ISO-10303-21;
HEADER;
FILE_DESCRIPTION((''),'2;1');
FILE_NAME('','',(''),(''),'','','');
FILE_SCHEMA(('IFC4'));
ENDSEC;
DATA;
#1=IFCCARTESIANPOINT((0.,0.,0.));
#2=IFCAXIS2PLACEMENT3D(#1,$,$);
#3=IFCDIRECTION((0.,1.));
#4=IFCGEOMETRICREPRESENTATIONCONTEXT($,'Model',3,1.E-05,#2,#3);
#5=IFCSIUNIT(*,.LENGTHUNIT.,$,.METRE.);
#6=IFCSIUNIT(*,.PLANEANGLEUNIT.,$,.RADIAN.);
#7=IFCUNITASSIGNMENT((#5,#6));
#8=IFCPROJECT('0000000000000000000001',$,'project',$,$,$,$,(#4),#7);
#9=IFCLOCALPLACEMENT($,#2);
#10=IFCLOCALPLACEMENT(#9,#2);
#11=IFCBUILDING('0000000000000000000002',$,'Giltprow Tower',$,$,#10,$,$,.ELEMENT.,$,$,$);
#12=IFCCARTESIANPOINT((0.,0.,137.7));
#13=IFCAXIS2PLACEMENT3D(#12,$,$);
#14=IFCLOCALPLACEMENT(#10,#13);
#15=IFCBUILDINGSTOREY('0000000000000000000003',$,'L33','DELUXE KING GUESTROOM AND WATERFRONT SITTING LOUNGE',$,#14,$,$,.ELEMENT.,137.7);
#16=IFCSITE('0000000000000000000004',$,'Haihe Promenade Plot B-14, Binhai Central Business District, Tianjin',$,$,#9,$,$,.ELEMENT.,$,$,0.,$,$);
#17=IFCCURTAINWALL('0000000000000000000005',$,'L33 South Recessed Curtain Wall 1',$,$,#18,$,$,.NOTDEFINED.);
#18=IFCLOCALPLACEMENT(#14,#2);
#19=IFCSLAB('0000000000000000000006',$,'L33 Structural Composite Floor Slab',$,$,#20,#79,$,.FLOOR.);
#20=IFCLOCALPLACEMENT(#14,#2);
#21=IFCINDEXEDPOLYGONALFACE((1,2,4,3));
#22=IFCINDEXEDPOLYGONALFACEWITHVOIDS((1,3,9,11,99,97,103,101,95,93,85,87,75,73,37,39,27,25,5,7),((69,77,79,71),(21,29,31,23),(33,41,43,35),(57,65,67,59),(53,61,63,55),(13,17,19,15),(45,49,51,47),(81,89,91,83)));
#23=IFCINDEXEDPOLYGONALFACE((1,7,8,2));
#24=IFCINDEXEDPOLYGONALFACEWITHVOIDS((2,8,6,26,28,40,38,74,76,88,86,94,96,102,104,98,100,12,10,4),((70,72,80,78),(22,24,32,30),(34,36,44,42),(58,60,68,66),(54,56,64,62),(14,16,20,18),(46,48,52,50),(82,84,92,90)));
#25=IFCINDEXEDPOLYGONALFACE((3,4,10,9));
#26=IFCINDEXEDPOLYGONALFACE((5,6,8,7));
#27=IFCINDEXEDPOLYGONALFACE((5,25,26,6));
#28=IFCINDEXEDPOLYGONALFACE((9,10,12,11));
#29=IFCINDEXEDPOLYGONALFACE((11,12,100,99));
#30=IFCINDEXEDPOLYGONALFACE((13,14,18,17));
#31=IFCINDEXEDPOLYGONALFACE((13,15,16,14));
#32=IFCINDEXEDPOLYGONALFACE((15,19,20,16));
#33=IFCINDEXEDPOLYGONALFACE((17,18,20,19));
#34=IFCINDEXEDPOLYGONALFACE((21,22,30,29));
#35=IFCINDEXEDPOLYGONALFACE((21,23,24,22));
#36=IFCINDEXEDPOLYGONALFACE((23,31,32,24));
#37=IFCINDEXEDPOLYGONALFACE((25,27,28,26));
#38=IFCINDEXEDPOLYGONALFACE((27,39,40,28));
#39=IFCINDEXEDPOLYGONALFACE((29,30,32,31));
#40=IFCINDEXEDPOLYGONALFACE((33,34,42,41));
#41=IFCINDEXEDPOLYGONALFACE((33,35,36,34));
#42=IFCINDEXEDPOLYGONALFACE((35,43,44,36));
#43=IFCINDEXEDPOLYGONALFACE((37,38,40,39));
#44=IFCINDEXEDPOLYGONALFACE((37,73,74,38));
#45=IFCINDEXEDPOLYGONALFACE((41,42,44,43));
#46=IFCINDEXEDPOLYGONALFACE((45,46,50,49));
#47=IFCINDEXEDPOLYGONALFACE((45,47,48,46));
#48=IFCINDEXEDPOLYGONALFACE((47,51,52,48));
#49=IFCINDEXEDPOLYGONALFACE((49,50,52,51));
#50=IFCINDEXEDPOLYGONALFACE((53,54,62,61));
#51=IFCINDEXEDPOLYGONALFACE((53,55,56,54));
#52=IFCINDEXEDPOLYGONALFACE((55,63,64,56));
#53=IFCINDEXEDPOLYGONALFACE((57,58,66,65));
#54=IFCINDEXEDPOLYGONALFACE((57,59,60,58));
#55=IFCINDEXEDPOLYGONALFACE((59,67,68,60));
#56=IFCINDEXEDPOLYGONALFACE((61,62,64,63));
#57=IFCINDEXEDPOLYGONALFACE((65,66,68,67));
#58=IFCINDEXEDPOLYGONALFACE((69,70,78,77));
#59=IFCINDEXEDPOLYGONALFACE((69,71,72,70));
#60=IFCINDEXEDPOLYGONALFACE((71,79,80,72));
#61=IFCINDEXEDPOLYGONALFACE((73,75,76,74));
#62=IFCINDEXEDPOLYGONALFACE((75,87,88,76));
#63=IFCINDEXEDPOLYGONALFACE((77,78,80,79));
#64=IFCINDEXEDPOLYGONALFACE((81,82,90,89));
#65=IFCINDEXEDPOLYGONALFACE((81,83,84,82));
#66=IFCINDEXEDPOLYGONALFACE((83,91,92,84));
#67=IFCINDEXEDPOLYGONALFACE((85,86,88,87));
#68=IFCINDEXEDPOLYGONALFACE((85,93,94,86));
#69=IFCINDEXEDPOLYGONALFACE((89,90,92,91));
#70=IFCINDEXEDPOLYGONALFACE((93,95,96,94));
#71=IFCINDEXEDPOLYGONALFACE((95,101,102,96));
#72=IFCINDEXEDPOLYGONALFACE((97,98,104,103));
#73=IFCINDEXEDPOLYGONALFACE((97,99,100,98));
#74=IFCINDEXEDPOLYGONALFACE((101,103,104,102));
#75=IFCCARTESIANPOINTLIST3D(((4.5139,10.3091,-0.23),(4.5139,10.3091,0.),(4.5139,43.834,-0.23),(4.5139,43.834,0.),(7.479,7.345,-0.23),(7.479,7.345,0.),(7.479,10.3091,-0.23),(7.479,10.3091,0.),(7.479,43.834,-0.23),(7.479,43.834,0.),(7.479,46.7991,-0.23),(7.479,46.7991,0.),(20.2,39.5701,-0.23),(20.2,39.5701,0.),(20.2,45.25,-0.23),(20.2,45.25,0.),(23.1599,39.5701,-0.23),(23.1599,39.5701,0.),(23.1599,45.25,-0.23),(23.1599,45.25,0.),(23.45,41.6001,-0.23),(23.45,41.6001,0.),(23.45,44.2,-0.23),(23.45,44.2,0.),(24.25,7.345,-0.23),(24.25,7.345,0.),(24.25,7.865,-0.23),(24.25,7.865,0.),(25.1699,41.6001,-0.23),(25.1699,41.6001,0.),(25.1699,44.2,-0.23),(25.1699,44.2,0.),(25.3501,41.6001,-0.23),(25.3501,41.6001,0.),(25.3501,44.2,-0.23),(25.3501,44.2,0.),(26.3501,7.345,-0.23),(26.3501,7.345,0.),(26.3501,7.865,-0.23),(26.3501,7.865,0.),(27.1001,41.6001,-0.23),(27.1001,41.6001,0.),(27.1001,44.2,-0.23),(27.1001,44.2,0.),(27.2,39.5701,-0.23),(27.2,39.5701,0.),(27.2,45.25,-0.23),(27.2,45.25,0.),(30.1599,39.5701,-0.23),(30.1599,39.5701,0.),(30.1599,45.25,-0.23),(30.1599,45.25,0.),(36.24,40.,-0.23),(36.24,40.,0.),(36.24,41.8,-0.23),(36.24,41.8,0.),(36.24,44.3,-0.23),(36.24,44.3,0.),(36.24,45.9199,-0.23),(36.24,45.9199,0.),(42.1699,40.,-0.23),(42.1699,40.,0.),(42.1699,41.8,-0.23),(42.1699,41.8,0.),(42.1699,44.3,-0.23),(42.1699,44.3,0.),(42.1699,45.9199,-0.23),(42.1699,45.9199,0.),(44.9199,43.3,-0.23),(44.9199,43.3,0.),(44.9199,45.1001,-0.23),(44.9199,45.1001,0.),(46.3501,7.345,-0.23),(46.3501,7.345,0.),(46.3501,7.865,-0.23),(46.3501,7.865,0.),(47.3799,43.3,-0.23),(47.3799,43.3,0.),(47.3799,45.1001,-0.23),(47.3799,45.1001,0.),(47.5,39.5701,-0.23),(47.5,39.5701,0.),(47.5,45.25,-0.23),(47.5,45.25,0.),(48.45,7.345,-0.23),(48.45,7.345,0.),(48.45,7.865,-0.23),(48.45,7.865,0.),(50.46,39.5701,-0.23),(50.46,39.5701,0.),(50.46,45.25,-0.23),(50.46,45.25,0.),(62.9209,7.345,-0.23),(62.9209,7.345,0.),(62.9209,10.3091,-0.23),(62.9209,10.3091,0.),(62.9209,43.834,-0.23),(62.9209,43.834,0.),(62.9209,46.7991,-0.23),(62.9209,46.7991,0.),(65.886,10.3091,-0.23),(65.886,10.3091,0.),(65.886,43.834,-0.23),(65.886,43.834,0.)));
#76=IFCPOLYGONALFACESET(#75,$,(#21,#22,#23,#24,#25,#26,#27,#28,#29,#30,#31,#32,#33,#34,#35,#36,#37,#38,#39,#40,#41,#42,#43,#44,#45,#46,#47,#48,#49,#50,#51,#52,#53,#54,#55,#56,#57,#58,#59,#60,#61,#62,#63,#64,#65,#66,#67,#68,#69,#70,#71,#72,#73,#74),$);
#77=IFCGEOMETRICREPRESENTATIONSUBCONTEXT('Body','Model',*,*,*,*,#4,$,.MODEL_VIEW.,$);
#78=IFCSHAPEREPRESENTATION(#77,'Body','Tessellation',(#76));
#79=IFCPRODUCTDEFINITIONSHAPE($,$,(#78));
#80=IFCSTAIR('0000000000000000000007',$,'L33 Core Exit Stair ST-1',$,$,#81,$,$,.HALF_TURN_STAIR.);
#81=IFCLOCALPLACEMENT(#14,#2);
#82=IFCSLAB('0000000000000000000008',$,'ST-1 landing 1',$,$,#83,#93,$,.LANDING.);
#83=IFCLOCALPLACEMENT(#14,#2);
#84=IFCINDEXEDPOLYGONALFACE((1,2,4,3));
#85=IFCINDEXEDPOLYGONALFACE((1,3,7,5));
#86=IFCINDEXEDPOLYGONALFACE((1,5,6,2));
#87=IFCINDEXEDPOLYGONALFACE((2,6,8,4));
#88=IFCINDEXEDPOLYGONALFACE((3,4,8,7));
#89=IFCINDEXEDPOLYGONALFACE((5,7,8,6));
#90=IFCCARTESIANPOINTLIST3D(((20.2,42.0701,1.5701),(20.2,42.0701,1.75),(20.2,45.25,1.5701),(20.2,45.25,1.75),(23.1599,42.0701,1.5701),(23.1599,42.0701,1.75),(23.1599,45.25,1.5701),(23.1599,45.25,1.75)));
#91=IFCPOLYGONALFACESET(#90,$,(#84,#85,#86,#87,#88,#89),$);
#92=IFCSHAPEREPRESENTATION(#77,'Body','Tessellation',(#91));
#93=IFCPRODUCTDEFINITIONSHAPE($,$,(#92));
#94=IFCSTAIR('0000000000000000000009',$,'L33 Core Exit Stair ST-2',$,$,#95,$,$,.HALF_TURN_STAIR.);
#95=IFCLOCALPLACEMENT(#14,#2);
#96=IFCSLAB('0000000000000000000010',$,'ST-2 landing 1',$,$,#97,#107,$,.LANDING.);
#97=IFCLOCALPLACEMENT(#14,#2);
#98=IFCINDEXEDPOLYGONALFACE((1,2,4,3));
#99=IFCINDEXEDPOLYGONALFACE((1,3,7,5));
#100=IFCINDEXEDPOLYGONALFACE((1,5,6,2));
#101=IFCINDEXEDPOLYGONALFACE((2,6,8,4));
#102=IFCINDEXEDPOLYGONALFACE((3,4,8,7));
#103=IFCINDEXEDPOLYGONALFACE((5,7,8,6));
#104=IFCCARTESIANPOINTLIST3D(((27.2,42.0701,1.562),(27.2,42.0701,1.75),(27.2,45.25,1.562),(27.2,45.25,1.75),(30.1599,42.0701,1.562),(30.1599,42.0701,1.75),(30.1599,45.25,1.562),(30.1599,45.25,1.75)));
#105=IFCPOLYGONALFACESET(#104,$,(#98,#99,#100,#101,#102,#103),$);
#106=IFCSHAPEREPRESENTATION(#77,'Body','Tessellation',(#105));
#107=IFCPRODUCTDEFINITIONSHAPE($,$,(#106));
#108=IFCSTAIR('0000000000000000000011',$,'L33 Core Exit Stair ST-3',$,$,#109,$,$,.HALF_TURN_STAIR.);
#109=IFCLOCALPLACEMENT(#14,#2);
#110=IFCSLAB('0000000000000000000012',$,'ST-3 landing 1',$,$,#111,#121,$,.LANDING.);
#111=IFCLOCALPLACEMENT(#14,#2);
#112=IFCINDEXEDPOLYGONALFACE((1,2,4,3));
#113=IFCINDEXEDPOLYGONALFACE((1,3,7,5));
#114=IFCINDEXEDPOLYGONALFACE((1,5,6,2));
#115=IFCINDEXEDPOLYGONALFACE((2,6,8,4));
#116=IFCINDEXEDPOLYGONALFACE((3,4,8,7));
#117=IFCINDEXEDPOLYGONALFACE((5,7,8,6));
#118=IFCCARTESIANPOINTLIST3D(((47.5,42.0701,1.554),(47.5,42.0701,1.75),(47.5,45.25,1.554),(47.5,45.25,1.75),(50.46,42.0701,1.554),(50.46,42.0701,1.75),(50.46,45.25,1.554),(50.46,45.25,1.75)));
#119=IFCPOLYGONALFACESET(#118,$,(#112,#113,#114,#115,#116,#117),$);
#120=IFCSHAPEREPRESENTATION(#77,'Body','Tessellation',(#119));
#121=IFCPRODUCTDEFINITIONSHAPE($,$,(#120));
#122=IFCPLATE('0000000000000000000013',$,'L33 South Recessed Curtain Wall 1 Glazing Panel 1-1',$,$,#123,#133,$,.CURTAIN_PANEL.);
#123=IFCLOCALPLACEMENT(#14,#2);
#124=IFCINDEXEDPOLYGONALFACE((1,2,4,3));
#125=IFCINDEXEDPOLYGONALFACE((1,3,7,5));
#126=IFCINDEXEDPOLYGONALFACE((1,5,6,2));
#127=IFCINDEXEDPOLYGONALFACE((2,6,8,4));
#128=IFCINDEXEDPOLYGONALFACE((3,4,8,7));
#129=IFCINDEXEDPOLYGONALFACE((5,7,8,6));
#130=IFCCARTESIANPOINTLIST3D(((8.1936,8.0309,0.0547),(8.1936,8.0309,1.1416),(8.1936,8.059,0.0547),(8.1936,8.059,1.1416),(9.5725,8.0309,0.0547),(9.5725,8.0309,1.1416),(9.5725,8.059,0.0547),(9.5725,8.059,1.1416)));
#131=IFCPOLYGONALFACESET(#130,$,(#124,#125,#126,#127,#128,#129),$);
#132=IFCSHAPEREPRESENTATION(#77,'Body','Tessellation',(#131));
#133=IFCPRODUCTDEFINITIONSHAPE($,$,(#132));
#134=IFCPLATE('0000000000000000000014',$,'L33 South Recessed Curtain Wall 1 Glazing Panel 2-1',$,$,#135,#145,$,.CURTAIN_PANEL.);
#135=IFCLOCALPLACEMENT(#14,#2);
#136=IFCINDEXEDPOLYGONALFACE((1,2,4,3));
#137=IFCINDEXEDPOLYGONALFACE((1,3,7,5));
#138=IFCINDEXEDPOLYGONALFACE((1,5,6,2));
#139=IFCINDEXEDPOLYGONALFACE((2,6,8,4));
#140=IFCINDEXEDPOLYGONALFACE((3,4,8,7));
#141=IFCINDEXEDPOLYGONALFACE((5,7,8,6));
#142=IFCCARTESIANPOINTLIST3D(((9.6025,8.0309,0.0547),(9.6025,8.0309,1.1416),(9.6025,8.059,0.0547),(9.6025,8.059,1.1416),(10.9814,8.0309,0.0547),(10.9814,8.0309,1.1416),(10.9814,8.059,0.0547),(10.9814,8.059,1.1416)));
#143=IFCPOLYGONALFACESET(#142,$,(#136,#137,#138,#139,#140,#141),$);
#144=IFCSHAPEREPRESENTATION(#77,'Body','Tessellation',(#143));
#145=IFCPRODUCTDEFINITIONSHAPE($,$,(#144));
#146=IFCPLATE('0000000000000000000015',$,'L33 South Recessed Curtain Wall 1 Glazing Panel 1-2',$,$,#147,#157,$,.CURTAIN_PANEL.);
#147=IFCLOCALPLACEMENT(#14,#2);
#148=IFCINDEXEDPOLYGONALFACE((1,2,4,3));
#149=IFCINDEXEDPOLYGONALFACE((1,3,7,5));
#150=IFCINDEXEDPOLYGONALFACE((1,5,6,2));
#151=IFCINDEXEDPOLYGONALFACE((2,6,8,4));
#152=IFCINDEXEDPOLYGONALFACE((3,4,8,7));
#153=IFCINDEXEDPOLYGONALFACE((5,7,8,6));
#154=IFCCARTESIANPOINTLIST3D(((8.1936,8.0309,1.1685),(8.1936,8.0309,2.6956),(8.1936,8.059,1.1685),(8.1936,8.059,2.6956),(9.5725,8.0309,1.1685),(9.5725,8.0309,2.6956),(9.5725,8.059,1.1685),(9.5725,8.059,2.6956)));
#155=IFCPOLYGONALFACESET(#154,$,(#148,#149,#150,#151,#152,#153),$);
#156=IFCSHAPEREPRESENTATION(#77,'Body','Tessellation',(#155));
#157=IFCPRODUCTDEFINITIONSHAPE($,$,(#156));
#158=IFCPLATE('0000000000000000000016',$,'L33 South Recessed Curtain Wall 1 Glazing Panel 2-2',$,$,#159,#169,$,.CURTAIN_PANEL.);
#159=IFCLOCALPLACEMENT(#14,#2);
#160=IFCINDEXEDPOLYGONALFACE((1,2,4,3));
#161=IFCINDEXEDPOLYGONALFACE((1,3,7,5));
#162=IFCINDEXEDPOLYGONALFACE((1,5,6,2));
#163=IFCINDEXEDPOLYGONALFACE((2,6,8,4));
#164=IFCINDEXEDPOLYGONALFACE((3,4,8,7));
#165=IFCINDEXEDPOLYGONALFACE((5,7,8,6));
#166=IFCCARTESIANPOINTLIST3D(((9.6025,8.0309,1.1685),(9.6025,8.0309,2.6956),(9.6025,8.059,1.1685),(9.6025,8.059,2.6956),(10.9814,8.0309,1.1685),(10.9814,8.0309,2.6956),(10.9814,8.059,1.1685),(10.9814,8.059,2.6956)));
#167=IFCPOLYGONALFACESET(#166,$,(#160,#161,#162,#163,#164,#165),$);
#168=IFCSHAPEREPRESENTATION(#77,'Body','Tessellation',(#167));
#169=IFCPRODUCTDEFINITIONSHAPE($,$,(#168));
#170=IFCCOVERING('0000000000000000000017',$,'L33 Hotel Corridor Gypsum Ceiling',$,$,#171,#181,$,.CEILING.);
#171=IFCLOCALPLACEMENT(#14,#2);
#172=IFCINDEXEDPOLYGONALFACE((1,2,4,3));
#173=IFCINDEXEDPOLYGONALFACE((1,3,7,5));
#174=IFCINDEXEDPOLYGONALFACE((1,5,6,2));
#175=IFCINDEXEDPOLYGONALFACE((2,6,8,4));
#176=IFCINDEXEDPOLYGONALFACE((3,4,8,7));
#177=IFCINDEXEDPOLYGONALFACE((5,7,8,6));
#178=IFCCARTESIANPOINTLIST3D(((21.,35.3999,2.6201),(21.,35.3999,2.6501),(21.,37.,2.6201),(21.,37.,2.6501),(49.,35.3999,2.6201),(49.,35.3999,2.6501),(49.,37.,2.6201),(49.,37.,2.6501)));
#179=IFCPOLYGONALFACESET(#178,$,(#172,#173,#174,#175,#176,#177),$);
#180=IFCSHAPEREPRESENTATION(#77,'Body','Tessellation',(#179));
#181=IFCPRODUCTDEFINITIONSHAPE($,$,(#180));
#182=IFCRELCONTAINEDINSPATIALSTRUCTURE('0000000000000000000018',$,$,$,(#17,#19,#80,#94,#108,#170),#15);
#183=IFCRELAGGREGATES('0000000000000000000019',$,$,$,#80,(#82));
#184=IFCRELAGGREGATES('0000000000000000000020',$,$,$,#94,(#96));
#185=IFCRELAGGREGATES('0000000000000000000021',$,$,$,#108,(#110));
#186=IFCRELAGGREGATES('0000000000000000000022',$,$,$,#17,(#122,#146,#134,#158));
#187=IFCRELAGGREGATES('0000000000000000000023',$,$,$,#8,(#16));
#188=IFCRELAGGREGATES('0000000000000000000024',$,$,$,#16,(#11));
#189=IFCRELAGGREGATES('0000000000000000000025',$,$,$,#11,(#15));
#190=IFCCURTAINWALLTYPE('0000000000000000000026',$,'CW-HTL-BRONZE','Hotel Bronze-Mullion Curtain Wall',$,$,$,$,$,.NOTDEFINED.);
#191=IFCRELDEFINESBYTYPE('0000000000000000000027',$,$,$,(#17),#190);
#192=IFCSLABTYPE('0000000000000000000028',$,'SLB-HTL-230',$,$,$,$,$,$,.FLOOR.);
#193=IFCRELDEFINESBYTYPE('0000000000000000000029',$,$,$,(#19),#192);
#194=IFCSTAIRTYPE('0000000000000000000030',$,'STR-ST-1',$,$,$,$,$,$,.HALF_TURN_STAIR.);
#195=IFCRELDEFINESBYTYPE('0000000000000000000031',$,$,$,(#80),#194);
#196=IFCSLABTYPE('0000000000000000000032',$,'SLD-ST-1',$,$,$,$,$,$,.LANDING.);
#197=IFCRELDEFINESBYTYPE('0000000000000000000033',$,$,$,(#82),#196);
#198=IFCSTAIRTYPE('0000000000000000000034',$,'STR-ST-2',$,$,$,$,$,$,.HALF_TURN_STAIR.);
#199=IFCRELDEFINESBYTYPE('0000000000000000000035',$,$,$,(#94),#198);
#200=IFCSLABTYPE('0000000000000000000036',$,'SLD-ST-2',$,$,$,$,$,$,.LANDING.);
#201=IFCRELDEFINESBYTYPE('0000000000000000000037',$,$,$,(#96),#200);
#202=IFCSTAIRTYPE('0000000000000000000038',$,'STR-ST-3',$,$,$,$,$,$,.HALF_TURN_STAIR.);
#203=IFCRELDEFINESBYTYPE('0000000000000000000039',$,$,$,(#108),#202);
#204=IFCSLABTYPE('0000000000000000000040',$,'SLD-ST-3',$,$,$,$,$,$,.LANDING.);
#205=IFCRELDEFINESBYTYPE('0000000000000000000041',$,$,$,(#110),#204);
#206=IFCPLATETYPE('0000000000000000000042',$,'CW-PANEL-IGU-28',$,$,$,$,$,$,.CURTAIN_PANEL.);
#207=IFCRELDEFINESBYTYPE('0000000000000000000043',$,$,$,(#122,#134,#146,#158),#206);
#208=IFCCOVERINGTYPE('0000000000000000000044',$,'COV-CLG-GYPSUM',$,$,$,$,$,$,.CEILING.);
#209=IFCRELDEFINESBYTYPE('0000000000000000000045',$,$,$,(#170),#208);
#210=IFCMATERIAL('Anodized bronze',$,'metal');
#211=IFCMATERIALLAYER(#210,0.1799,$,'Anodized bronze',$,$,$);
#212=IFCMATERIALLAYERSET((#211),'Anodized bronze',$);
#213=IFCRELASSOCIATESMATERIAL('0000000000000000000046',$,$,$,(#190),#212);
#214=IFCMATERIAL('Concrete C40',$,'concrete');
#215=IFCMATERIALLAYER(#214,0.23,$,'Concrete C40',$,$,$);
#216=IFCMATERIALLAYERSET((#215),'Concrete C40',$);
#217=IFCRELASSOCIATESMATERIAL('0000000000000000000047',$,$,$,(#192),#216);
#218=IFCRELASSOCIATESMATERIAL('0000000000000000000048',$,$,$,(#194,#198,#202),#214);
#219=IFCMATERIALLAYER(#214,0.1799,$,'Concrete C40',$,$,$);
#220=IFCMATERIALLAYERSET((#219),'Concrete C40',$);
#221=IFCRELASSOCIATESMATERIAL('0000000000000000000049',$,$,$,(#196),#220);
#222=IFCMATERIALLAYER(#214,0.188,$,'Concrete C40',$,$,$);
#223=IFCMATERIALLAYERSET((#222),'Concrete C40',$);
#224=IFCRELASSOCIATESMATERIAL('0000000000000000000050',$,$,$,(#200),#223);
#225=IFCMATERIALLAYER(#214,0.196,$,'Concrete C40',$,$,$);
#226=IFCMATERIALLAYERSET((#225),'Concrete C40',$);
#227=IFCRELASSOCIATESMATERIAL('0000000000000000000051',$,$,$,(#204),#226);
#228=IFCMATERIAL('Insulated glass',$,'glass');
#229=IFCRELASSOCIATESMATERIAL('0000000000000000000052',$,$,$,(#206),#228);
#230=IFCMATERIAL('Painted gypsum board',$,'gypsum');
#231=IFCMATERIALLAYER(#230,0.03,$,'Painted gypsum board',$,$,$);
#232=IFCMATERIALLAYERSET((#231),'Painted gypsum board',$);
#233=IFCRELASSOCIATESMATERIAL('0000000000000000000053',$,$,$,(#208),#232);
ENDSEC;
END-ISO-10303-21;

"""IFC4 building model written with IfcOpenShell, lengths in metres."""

from ifc_helpers import new_model, si_unit, direction, frame, origin, origin_2d, place, context, subcontext, project, spatial, polyline, rectangle, outline, extrude, source, transform, mapped, material, layer, layer_set, type_object, element, aggregate, save


model = new_model("IFC4")

# Units and contexts
model_context = context("Model", 3, precision=1e-05, world=origin(), true_north=direction((0.0, 1.0)))
body_context = subcontext(model_context, "Body", "Model", "MODEL_VIEW")
ifc_project = project(units=[si_unit("LENGTHUNIT", "METRE"), si_unit("PLANEANGLEUNIT", "RADIAN")], contexts=[model_context])

# Site, building, storey
site_placement = place(None, origin())
site = spatial("IfcSite", under=ifc_project, at=site_placement, Name="Haihe Promenade Plot B-14, Binhai Central Business District, Tianjin", CompositionType="ELEMENT", RefElevation=0.0)
building_placement = place(site_placement, origin())
building = spatial("IfcBuilding", under=site, at=building_placement, Name="Giltprow Tower", CompositionType="ELEMENT")
storey_placement = place(building_placement, frame((0.0, 0.0, 137.7)))
storey = spatial("IfcBuildingStorey", under=building, at=storey_placement, Name="L33", Description="DELUXE KING GUESTROOM AND WATERFRONT SITTING LOUNGE", CompositionType="ELEMENT", Elevation=137.7)

# Curtain wall
ifc_material_1 = material(Name="Anodized bronze", Category="metal")
ifc_layer_1 = layer(ifc_material_1, 0.1799, Name="Anodized bronze")
ifc_layer_set_1 = layer_set([ifc_layer_1], Name="Anodized bronze")
curtain_wall_type = type_object("IfcCurtainWallType", Name="CW-HTL-BRONZE", Description="Hotel Bronze-Mullion Curtain Wall", PredefinedType="NOTDEFINED", material=ifc_layer_set_1)
curtain_wall_placement = place(storey_placement, origin())
curtain_wall = element("IfcCurtainWall", 1, at=curtain_wall_placement, inside=storey, type_object=curtain_wall_type, Name="L33 South Recessed Curtain Wall 1", PredefinedType="NOTDEFINED")

# Slab
ifc_material_2 = material(Name="Concrete C40", Category="concrete")
ifc_layer_2 = layer(ifc_material_2, 0.23, Name="Concrete C40")
ifc_layer_set_2 = layer_set([ifc_layer_2], Name="Concrete C40")
slab_type_1 = type_object("IfcSlabType", Name="SLB-HTL-230", PredefinedType="FLOOR", material=ifc_layer_set_2)
slab_1_placement = place(storey_placement, frame((0.0, 0.0, -0.23)))
element("IfcSlab", 2, at=slab_1_placement, inside=storey, type_object=slab_type_1, Name="L33 Structural Composite Floor Slab", PredefinedType="FLOOR", context=body_context, shape_type="SweptSolid", body=[
    extrude(outline(polyline([(7.479, 7.345), (7.479, 10.3091), (4.5139, 10.3091), (4.5139, 43.834), (7.479, 43.834), (7.479, 46.7991), (62.9209, 46.7991), (62.9209, 43.834), (65.886, 43.834), (65.886, 10.3091), (62.9209, 10.3091), (62.9209, 7.345), (48.45, 7.345), (48.45, 7.865), (46.3501, 7.865), (46.3501, 7.345), (26.3501, 7.345), (26.3501, 7.865), (24.25, 7.865), (24.25, 7.345), (7.479, 7.345)]), holes=[polyline([(42.1699, 41.8), (36.24, 41.8), (36.24, 40.0), (42.1699, 40.0), (42.1699, 41.8)]), polyline([(23.1599, 39.5701), (23.1599, 45.25), (20.2, 45.25), (20.2, 39.5701), (23.1599, 39.5701)]), polyline([(30.1599, 39.5701), (30.1599, 45.25), (27.2, 45.25), (27.2, 39.5701), (30.1599, 39.5701)]), polyline([(50.46, 45.25), (47.5, 45.25), (47.5, 39.5701), (50.46, 39.5701), (50.46, 45.25)]), polyline([(25.1699, 44.2), (23.45, 44.2), (23.45, 41.6001), (25.1699, 41.6001), (25.1699, 44.2)]), polyline([(27.1001, 44.2), (25.3501, 44.2), (25.3501, 41.6001), (27.1001, 41.6001), (27.1001, 44.2)]), polyline([(47.3799, 43.3), (47.3799, 45.1001), (44.9199, 45.1001), (44.9199, 43.3), (47.3799, 43.3)]), polyline([(42.1699, 44.3), (42.1699, 45.9199), (36.24, 45.9199), (36.24, 44.3), (42.1699, 44.3)])]), origin(), (0.0, 0.0, 1.0), 0.23),
])

# Stairs, slabs
stair_type_1 = type_object("IfcStairType", Name="STR-ST-1", PredefinedType="HALF_TURN_STAIR", material=ifc_material_2)
stair_1_placement = place(storey_placement, origin())
stair_1 = element("IfcStair", 3, at=stair_1_placement, inside=storey, type_object=stair_type_1, Name="L33 Core Exit Stair ST-1", PredefinedType="HALF_TURN_STAIR")
ifc_layer_3 = layer(ifc_material_2, 0.1799, Name="Concrete C40")
ifc_layer_set_3 = layer_set([ifc_layer_3], Name="Concrete C40")
slab_type_2 = type_object("IfcSlabType", Name="SLD-ST-1", PredefinedType="LANDING", material=ifc_layer_set_3)
slab_2_placement = place(storey_placement, frame((0.0, 0.0, 1.5701)))
slab_2 = element("IfcSlab", 4, at=slab_2_placement, type_object=slab_type_2, Name="ST-1 landing 1", PredefinedType="LANDING", context=body_context, shape_type="SweptSolid", body=[
    extrude(outline(polyline([(23.1599, 42.0701), (23.1599, 45.25), (20.2, 45.25), (20.2, 42.0701), (23.1599, 42.0701)])), origin(), (0.0, 0.0, 1.0), 0.1799),
])
aggregate(stair_1, [slab_2])
stair_type_2 = type_object("IfcStairType", Name="STR-ST-2", PredefinedType="HALF_TURN_STAIR", material=ifc_material_2)
stair_2_placement = place(storey_placement, origin())
stair_2 = element("IfcStair", 5, at=stair_2_placement, inside=storey, type_object=stair_type_2, Name="L33 Core Exit Stair ST-2", PredefinedType="HALF_TURN_STAIR")
ifc_layer_4 = layer(ifc_material_2, 0.188, Name="Concrete C40")
ifc_layer_set_4 = layer_set([ifc_layer_4], Name="Concrete C40")
slab_type_3 = type_object("IfcSlabType", Name="SLD-ST-2", PredefinedType="LANDING", material=ifc_layer_set_4)
slab_3_placement = place(storey_placement, frame((0.0, 0.0, 1.562)))
slab_3 = element("IfcSlab", 6, at=slab_3_placement, type_object=slab_type_3, Name="ST-2 landing 1", PredefinedType="LANDING", context=body_context, shape_type="SweptSolid", body=[
    extrude(outline(polyline([(30.1599, 42.0701), (30.1599, 45.25), (27.2, 45.25), (27.2, 42.0701), (30.1599, 42.0701)])), origin(), (0.0, 0.0, 1.0), 0.188),
])
aggregate(stair_2, [slab_3])
stair_type_3 = type_object("IfcStairType", Name="STR-ST-3", PredefinedType="HALF_TURN_STAIR", material=ifc_material_2)
stair_3_placement = place(storey_placement, origin())
stair_3 = element("IfcStair", 7, at=stair_3_placement, inside=storey, type_object=stair_type_3, Name="L33 Core Exit Stair ST-3", PredefinedType="HALF_TURN_STAIR")
ifc_layer_5 = layer(ifc_material_2, 0.196, Name="Concrete C40")
ifc_layer_set_5 = layer_set([ifc_layer_5], Name="Concrete C40")
slab_type_4 = type_object("IfcSlabType", Name="SLD-ST-3", PredefinedType="LANDING", material=ifc_layer_set_5)
slab_4_placement = place(storey_placement, frame((0.0, 0.0, 1.554)))
slab_4 = element("IfcSlab", 8, at=slab_4_placement, type_object=slab_type_4, Name="ST-3 landing 1", PredefinedType="LANDING", context=body_context, shape_type="SweptSolid", body=[
    extrude(outline(polyline([(50.46, 42.0701), (50.46, 45.25), (47.5, 45.25), (47.5, 42.0701), (50.46, 42.0701)])), origin(), (0.0, 0.0, 1.0), 0.196),
])
aggregate(stair_3, [slab_4])

# Plates
ifc_material_3 = material(Name="Insulated glass", Category="glass")
plate_type = type_object("IfcPlateType", Name="CW-PANEL-IGU-28", PredefinedType="CURTAIN_PANEL", material=ifc_material_3)
shared_shape_1 = source(origin(), body_context, "Body", "SweptSolid", [
    extrude(rectangle(XDim=1.3789, YDim=0.0281, at=origin_2d()), origin(), (0.0, 0.0, 1.0), 1.0869),
])
plate_1_placement = place(storey_placement, frame((8.8831, 8.0449, 0.0547), z_axis=(0.0, 0.0, 1.0), x_axis=(1.0, 0.0, 0.0)))
plate_1 = element("IfcPlate", 9, at=plate_1_placement, type_object=plate_type, Name="L33 South Recessed Curtain Wall 1 Glazing Panel 1-1", PredefinedType="CURTAIN_PANEL", context=body_context, shape_type="MappedRepresentation", body=[
    mapped(shared_shape_1, transform((0.0, 0.0, 0.0), x_axis=(1.0, 0.0, 0.0), y_axis=(0.0, 1.0, 0.0), z_axis=(0.0, 0.0, 1.0), scale=1.0)),
])
plate_2_placement = place(storey_placement, frame((10.292, 8.0449, 0.0547), z_axis=(0.0, 0.0, 1.0), x_axis=(1.0, 0.0, 0.0)))
plate_2 = element("IfcPlate", 10, at=plate_2_placement, type_object=plate_type, Name="L33 South Recessed Curtain Wall 1 Glazing Panel 2-1", PredefinedType="CURTAIN_PANEL", context=body_context, shape_type="MappedRepresentation", body=[
    mapped(shared_shape_1, transform((0.0, 0.0, 0.0), x_axis=(1.0, 0.0, 0.0), y_axis=(0.0, 1.0, 0.0), z_axis=(0.0, 0.0, 1.0), scale=1.0)),
])
shared_shape_2 = source(origin(), body_context, "Body", "SweptSolid", [
    extrude(rectangle(XDim=1.3789, YDim=0.0281, at=origin_2d()), origin(), (0.0, 0.0, 1.0), 1.5271),
])
plate_3_placement = place(storey_placement, frame((8.8831, 8.0449, 1.1685), z_axis=(0.0, 0.0, 1.0), x_axis=(1.0, 0.0, 0.0)))
plate_3 = element("IfcPlate", 11, at=plate_3_placement, type_object=plate_type, Name="L33 South Recessed Curtain Wall 1 Glazing Panel 1-2", PredefinedType="CURTAIN_PANEL", context=body_context, shape_type="MappedRepresentation", body=[
    mapped(shared_shape_2, transform((0.0, 0.0, 0.0), x_axis=(1.0, 0.0, 0.0), y_axis=(0.0, 1.0, 0.0), z_axis=(0.0, 0.0, 1.0), scale=1.0)),
])
plate_4_placement = place(storey_placement, frame((10.292, 8.0449, 1.1685), z_axis=(0.0, 0.0, 1.0), x_axis=(1.0, 0.0, 0.0)))
plate_4 = element("IfcPlate", 12, at=plate_4_placement, type_object=plate_type, Name="L33 South Recessed Curtain Wall 1 Glazing Panel 2-2", PredefinedType="CURTAIN_PANEL", context=body_context, shape_type="MappedRepresentation", body=[
    mapped(shared_shape_2, transform((0.0, 0.0, 0.0), x_axis=(1.0, 0.0, 0.0), y_axis=(0.0, 1.0, 0.0), z_axis=(0.0, 0.0, 1.0), scale=1.0)),
])
aggregate(curtain_wall, [plate_1, plate_3, plate_2, plate_4])

# Covering
ifc_material_4 = material(Name="Painted gypsum board", Category="gypsum")
ifc_layer_6 = layer(ifc_material_4, 0.03, Name="Painted gypsum board")
ifc_layer_set_6 = layer_set([ifc_layer_6], Name="Painted gypsum board")
covering_type_1 = type_object("IfcCoveringType", Name="COV-CLG-GYPSUM", PredefinedType="CEILING", material=ifc_layer_set_6)
covering_1_placement = place(storey_placement, frame((0.0, 0.0, 2.6201)))
element("IfcCovering", 13, at=covering_1_placement, inside=storey, type_object=covering_type_1, Name="L33 Hotel Corridor Gypsum Ceiling", PredefinedType="CEILING", context=body_context, shape_type="SweptSolid", body=[
    extrude(outline(polyline([(21.0, 35.3999), (49.0, 35.3999), (49.0, 37.0), (21.0, 37.0), (21.0, 35.3999)])), origin(), (0.0, 0.0, 1.0), 0.03),
])

save(model, "model.ifc")
